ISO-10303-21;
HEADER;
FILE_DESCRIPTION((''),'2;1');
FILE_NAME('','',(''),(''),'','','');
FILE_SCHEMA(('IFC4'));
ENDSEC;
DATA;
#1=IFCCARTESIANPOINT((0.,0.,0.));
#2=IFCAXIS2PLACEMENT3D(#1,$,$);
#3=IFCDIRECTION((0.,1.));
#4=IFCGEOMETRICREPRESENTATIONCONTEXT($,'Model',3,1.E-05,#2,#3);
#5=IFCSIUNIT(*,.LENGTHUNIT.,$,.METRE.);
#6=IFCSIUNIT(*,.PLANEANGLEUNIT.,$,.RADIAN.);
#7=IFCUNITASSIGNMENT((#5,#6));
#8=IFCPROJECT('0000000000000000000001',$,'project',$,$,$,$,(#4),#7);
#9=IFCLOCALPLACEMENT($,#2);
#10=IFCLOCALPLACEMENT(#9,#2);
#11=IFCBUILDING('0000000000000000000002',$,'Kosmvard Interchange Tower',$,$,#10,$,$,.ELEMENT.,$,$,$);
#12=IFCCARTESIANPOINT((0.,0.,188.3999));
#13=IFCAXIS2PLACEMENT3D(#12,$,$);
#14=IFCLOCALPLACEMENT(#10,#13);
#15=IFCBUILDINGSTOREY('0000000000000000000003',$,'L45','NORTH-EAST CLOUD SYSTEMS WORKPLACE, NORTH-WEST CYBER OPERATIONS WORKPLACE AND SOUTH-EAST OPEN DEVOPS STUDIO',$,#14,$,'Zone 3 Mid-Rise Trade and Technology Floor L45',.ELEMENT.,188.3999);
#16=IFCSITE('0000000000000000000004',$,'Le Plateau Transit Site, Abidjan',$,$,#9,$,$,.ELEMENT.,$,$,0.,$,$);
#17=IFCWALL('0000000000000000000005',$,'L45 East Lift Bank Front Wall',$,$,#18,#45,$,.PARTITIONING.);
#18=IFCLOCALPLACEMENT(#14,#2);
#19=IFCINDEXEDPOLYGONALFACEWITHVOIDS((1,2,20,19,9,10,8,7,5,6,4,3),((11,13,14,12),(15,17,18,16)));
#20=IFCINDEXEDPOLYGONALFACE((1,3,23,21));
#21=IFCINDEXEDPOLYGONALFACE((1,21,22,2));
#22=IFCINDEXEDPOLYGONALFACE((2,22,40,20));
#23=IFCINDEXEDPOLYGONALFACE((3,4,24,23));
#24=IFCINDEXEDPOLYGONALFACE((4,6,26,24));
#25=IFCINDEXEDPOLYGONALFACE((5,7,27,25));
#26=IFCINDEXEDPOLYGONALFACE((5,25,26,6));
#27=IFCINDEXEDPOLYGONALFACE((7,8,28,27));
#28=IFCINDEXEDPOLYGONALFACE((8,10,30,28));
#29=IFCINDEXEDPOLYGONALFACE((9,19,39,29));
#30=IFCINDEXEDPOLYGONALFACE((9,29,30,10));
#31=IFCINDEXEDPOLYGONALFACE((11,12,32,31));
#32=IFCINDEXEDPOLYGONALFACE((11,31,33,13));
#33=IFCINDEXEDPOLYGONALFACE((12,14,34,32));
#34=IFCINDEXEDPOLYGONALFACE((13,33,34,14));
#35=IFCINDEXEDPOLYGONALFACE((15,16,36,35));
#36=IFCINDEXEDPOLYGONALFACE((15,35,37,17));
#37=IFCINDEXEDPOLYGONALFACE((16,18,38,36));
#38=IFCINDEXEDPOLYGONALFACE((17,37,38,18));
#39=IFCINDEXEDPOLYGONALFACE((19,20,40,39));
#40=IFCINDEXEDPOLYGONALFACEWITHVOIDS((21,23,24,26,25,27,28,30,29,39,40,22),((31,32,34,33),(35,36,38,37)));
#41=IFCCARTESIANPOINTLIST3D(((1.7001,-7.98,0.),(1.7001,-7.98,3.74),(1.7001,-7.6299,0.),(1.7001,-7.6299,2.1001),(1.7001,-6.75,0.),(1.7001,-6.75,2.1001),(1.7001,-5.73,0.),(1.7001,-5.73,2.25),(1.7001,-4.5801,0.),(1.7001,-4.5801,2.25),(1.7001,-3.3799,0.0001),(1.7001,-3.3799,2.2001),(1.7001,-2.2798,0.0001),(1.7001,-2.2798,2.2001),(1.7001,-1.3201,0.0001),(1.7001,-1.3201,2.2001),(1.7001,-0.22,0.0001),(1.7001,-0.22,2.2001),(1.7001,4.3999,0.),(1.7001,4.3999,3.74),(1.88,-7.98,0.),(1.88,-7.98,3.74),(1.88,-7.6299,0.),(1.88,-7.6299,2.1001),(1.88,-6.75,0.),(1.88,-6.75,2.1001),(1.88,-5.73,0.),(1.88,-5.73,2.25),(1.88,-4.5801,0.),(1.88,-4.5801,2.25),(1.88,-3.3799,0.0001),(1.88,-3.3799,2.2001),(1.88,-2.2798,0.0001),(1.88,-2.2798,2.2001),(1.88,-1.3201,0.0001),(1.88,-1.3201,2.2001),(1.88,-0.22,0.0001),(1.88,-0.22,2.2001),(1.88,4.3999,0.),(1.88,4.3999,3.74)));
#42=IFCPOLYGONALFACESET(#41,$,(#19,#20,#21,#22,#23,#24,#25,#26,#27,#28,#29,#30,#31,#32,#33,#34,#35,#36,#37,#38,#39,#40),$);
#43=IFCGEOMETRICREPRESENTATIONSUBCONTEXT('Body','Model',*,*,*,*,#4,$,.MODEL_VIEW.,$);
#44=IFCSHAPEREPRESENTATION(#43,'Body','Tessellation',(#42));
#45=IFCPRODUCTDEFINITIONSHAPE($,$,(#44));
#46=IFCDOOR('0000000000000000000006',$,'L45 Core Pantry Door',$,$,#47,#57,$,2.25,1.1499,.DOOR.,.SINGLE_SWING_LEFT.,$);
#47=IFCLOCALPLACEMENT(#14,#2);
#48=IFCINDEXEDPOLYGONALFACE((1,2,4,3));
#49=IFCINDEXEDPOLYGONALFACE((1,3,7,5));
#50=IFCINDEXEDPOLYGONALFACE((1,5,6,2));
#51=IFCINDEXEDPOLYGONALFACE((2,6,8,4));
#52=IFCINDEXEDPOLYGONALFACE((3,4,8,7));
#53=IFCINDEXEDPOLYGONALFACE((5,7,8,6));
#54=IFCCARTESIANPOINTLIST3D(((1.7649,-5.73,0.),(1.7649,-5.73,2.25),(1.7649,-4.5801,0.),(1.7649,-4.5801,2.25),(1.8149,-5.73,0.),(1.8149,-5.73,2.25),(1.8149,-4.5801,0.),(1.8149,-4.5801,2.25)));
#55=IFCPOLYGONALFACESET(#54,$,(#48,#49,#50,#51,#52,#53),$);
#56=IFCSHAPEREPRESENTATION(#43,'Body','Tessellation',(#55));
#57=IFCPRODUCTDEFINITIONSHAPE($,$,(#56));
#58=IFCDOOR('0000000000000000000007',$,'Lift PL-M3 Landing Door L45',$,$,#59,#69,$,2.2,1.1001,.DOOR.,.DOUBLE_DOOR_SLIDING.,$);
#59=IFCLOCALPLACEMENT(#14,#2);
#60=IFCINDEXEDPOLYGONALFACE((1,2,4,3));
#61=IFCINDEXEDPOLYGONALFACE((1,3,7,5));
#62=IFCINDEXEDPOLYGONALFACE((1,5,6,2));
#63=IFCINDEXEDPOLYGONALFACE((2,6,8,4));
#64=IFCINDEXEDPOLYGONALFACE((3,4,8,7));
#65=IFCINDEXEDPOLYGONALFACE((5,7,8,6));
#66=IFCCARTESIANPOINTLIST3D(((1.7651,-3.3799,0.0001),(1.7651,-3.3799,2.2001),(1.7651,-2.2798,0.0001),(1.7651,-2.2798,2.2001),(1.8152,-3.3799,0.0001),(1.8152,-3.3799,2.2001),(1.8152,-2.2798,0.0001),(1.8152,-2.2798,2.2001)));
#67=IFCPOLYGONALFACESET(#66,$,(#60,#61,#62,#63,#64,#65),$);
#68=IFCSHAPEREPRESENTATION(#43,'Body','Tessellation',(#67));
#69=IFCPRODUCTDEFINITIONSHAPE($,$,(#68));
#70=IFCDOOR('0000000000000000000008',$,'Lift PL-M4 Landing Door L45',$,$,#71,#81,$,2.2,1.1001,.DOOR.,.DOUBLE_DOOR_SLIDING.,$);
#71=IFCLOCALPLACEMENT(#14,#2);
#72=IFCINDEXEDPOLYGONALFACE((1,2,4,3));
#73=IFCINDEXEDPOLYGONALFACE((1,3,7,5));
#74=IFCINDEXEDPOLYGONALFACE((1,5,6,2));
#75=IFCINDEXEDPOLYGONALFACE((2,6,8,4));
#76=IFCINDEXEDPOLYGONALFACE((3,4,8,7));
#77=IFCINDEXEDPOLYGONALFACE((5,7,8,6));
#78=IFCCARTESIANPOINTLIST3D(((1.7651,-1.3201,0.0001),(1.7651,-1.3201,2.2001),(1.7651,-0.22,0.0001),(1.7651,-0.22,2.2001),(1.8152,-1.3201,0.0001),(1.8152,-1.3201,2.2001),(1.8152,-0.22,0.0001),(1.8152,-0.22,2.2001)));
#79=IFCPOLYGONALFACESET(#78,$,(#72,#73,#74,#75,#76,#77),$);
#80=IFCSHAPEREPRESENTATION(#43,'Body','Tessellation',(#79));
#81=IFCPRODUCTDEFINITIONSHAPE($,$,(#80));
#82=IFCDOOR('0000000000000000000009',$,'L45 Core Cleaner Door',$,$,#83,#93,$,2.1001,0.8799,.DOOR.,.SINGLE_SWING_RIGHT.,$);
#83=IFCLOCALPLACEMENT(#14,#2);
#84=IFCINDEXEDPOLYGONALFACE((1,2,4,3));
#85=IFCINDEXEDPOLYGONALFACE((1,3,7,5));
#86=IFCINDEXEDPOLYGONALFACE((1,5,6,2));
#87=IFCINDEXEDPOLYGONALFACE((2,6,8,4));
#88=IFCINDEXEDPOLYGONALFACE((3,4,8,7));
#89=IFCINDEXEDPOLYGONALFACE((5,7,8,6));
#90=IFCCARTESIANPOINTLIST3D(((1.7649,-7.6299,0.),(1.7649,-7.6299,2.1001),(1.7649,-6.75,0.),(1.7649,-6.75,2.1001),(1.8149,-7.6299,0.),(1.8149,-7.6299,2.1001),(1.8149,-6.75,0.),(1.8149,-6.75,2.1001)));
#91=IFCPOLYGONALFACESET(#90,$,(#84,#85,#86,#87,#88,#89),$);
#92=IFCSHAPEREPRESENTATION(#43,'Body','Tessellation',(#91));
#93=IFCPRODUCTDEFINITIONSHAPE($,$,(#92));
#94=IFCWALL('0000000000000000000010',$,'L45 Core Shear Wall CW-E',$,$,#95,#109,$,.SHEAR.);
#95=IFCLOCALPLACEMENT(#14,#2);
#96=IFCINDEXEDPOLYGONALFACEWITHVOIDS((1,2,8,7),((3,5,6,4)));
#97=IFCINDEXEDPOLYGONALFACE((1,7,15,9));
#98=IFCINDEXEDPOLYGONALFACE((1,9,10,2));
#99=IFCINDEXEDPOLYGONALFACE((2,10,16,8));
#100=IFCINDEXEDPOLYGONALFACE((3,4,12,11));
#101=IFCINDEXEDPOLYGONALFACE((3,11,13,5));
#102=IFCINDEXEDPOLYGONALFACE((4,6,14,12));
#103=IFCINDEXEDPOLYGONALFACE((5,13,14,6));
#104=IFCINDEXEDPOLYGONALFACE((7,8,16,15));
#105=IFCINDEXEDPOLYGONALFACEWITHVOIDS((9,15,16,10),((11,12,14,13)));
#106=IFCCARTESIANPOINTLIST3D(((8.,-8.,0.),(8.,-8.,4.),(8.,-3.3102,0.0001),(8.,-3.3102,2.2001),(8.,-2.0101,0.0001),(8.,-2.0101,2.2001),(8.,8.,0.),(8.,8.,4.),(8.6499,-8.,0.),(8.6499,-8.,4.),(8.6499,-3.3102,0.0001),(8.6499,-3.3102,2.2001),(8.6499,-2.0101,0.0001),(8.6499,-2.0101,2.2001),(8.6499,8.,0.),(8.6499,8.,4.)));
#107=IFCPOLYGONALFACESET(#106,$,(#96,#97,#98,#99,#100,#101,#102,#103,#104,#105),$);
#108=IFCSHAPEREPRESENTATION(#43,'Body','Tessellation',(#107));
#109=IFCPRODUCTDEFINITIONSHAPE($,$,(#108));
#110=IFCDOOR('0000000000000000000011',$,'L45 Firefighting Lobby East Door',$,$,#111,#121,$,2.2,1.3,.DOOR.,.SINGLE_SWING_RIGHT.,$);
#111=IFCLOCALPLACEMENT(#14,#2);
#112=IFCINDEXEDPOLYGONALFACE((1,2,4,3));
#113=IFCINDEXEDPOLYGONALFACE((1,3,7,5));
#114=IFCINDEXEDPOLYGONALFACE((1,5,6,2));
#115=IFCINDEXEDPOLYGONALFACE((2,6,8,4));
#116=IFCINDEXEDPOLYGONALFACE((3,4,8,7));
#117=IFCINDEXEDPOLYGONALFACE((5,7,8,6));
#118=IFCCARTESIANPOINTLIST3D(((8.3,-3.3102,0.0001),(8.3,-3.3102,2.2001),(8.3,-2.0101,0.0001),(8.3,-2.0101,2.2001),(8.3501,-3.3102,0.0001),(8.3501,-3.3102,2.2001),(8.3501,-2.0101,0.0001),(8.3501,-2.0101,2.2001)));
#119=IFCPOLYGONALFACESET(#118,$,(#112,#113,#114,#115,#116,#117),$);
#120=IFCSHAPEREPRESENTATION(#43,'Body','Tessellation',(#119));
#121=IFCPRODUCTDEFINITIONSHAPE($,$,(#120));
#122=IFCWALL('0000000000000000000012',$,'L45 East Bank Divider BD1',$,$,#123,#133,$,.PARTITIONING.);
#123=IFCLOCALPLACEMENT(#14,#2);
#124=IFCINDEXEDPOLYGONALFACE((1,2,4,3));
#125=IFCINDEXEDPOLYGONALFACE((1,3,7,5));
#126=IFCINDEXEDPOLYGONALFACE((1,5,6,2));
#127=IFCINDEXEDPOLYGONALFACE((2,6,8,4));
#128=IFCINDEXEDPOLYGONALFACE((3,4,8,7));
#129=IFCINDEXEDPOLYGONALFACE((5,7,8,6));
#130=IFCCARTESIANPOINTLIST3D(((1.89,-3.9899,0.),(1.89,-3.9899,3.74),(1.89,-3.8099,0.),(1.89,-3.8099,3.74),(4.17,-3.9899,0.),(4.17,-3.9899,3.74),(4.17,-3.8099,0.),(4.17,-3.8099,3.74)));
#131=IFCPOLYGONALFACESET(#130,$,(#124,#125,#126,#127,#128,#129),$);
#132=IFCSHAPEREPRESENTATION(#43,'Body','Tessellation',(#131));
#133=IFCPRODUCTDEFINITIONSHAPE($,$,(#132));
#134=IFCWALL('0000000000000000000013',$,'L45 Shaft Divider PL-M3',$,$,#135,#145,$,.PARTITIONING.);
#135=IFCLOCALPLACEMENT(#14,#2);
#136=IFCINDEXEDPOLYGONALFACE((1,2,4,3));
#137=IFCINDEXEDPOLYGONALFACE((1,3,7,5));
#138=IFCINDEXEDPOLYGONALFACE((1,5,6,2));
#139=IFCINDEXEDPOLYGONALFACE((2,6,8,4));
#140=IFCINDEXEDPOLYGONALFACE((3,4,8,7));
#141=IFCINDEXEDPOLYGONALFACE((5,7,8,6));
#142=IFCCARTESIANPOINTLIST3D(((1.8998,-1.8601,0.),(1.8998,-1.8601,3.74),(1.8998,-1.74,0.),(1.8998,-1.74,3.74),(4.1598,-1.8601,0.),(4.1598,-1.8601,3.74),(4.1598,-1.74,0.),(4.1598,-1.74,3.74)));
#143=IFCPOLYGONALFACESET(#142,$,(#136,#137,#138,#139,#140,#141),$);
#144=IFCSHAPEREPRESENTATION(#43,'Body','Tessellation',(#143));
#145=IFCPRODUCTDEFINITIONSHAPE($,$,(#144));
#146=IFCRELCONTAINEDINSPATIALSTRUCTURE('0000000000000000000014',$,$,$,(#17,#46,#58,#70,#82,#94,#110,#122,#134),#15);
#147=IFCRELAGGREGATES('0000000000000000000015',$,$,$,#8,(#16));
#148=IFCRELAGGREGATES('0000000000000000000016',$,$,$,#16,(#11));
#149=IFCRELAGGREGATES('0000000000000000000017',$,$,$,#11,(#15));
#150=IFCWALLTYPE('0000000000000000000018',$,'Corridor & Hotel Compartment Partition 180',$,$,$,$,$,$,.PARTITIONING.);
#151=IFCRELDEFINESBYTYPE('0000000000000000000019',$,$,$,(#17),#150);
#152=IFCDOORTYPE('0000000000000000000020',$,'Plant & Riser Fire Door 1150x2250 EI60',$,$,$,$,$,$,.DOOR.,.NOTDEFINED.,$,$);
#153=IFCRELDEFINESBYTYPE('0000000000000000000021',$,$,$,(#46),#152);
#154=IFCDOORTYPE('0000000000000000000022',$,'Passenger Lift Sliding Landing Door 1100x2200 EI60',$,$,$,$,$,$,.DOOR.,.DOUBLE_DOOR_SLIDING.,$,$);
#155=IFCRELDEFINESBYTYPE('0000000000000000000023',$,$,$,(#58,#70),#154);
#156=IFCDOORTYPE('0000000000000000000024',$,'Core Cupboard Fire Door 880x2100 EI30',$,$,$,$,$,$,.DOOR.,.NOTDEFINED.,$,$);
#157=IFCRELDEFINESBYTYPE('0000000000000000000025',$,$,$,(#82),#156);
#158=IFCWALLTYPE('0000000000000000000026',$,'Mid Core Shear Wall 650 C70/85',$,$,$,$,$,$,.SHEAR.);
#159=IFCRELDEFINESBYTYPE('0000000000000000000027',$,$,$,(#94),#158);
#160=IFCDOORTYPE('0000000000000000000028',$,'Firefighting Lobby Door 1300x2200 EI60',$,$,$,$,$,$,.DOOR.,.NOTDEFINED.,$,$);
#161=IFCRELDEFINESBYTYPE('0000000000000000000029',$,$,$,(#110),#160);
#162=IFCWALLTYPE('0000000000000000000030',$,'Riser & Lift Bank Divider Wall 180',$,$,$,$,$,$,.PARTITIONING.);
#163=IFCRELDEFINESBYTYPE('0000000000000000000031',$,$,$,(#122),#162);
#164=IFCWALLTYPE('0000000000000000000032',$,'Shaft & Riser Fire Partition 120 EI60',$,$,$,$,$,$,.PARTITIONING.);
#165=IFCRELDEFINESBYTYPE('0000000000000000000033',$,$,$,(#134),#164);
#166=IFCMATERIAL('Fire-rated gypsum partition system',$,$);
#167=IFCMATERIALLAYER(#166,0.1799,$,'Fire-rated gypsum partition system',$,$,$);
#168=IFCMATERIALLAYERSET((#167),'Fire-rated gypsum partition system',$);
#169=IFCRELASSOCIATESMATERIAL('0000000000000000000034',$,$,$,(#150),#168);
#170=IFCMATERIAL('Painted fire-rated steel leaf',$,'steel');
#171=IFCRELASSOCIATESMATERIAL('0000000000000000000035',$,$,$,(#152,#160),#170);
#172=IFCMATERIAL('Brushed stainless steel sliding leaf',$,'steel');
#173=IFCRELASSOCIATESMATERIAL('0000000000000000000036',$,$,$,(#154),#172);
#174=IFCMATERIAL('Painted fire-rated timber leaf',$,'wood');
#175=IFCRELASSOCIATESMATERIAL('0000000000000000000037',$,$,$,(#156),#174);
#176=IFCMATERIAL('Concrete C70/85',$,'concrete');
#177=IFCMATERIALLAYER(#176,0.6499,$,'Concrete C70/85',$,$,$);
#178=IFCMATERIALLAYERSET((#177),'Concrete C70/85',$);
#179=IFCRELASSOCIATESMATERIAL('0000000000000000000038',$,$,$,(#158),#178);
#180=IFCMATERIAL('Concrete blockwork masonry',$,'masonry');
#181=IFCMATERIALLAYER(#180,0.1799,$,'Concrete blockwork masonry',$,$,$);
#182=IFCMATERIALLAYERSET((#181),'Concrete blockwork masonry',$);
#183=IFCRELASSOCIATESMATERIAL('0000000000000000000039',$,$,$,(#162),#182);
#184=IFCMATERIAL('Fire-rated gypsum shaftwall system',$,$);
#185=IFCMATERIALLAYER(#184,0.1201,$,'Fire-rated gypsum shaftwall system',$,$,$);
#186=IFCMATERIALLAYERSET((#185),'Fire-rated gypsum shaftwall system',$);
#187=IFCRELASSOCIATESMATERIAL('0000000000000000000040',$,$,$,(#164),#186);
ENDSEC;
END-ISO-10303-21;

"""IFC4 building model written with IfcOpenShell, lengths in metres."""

from ifc_helpers import new_model, si_unit, direction, frame, frame_2d, origin, place, context, subcontext, project, spatial, rectangle, extrude, source, transform, mapped, material, layer, layer_set, type_object, element, fill, save


model = new_model("IFC4")

# Units and contexts
model_context = context("Model", 3, precision=1e-05, world=origin(), true_north=direction((0.0, 1.0)))
body_context = subcontext(model_context, "Body", "Model", "MODEL_VIEW")
ifc_project = project(units=[si_unit("LENGTHUNIT", "METRE"), si_unit("PLANEANGLEUNIT", "RADIAN")], contexts=[model_context])

# Site, building, storey
site_placement = place(None, origin())
site = spatial("IfcSite", under=ifc_project, at=site_placement, Name="Le Plateau Transit Site, Abidjan", CompositionType="ELEMENT", RefElevation=0.0)
building_placement = place(site_placement, origin())
building = spatial("IfcBuilding", under=site, at=building_placement, Name="Kosmvard Interchange Tower", CompositionType="ELEMENT")
storey_placement = place(building_placement, frame((0.0, 0.0, 188.3999)))
storey = spatial("IfcBuildingStorey", under=building, at=storey_placement, Name="L45", Description="NORTH-EAST CLOUD SYSTEMS WORKPLACE, NORTH-WEST CYBER OPERATIONS WORKPLACE AND SOUTH-EAST OPEN DEVOPS STUDIO", LongName="Zone 3 Mid-Rise Trade and Technology Floor L45", CompositionType="ELEMENT", Elevation=188.3999)

# Shared definitions
ifc_material_1 = material(Name="Fire-rated gypsum partition system")

# Wall, openings, doors
ifc_layer_1 = layer(ifc_material_1, 0.1799, Name="Fire-rated gypsum partition system")
ifc_layer_set_1 = layer_set([ifc_layer_1], Name="Fire-rated gypsum partition system")
wall_type_1 = type_object("IfcWallType", Name="Corridor & Hotel Compartment Partition 180", PredefinedType="PARTITIONING", material=ifc_layer_set_1)
wall_1_placement = place(storey_placement, frame((1.79, -7.98, 0.0), z_axis=(0.0, 0.0, 1.0), x_axis=(0.0, 1.0, 0.0)))
wall_1 = element("IfcWall", 1, at=wall_1_placement, inside=storey, type_object=wall_type_1, Name="L45 East Lift Bank Front Wall", PredefinedType="PARTITIONING", context=body_context, shape_type="SweptSolid", body=[
    extrude(rectangle(XDim=12.3799, YDim=0.1799, at=frame_2d((6.1899, 0.0))), origin(), (0.0, 0.0, 1.0), 3.74),
])
opening_1_placement = place(wall_1_placement, frame((4.6001, 0.0, 0.0)))
opening_1 = element("IfcOpeningElement", 2, at=opening_1_placement, cuts=wall_1, PredefinedType="OPENING", context=body_context, shape_type="SweptSolid", body=[
    extrude(rectangle(XDim=1.1001, YDim=2.2, at=frame_2d((0.55, 1.1001))), frame((0.0, 0.1001, 0.0), z_axis=(0.0, -1.0, 0.0), x_axis=(1.0, 0.0, 0.0)), (0.0, 0.0, 1.0), 0.2),
])
opening_2_placement = place(wall_1_placement, frame((6.6599, 0.0, 0.0)))
opening_2 = element("IfcOpeningElement", 3, at=opening_2_placement, cuts=wall_1, PredefinedType="OPENING", context=body_context, shape_type="SweptSolid", body=[
    extrude(rectangle(XDim=1.1001, YDim=2.2, at=frame_2d((0.55, 1.1001))), frame((0.0, 0.1001, 0.0), z_axis=(0.0, -1.0, 0.0), x_axis=(1.0, 0.0, 0.0)), (0.0, 0.0, 1.0), 0.2),
])
opening_3_placement = place(wall_1_placement, frame((0.3501, 0.0, 0.0)))
opening_3 = element("IfcOpeningElement", 4, at=opening_3_placement, cuts=wall_1, PredefinedType="OPENING", context=body_context, shape_type="SweptSolid", body=[
    extrude(rectangle(XDim=0.8799, YDim=2.1001, at=frame_2d((0.4399, 1.05))), frame((0.0, 0.1001, 0.0), z_axis=(0.0, -1.0, 0.0), x_axis=(1.0, 0.0, 0.0)), (0.0, 0.0, 1.0), 0.2),
])
opening_4_placement = place(wall_1_placement, frame((2.25, 0.0, 0.0)))
opening_4 = element("IfcOpeningElement", 5, at=opening_4_placement, cuts=wall_1, PredefinedType="OPENING", context=body_context, shape_type="SweptSolid", body=[
    extrude(rectangle(XDim=1.1499, YDim=2.25, at=frame_2d((0.575, 1.125))), frame((0.0, 0.1001, 0.0), z_axis=(0.0, -1.0, 0.0), x_axis=(1.0, 0.0, 0.0)), (0.0, 0.0, 1.0), 0.2),
])
ifc_material_2 = material(Name="Painted fire-rated steel leaf", Category="steel")
door_type_1 = type_object("IfcDoorType", Name="Plant & Riser Fire Door 1150x2250 EI60", OperationType="NOTDEFINED", PredefinedType="DOOR", material=ifc_material_2)
shared_shape_1 = source(origin(), body_context, "Body", "SweptSolid", [
    extrude(rectangle(XDim=1.1499, YDim=2.25, at=frame_2d((0.575, 1.125))), frame((0.0, 0.0249, 0.0), z_axis=(0.0, -1.0, 0.0), x_axis=(1.0, 0.0, 0.0)), (0.0, 0.0, 1.0), 0.05),
])
door_1_placement = place(opening_4_placement, frame((1.1499, 0.0, 0.0), z_axis=(0.0, 0.0, 1.0), x_axis=(-1.0, 0.0, 0.0)))
door_1 = element("IfcDoor", 6, at=door_1_placement, inside=storey, type_object=door_type_1, Name="L45 Core Pantry Door", OperationType="SINGLE_SWING_LEFT", OverallHeight=2.25, OverallWidth=1.1499, PredefinedType="DOOR", context=body_context, shape_type="MappedRepresentation", body=[
    mapped(shared_shape_1, transform((0.0, 0.0, 0.0), scale=1.0)),
])
fill(opening_4, door_1)
ifc_material_3 = material(Name="Brushed stainless steel sliding leaf", Category="steel")
door_type_2 = type_object("IfcDoorType", Name="Passenger Lift Sliding Landing Door 1100x2200 EI60", OperationType="DOUBLE_DOOR_SLIDING", PredefinedType="DOOR", material=ifc_material_3)
shared_shape_2 = source(origin(), body_context, "Body", "SweptSolid", [
    extrude(rectangle(XDim=1.1001, YDim=2.2, at=frame_2d((0.55, 1.1001))), frame((0.0, 0.0249, 0.0), z_axis=(0.0, -1.0, 0.0), x_axis=(1.0, 0.0, 0.0)), (0.0, 0.0, 1.0), 0.05),
])
door_2_placement = place(opening_1_placement, origin())
door_2 = element("IfcDoor", 7, at=door_2_placement, inside=storey, type_object=door_type_2, Name="Lift PL-M3 Landing Door L45", OperationType="DOUBLE_DOOR_SLIDING", OverallHeight=2.2, OverallWidth=1.1001, PredefinedType="DOOR", context=body_context, shape_type="MappedRepresentation", body=[
    mapped(shared_shape_2, transform((0.0, 0.0, 0.0), scale=1.0)),
])
fill(opening_1, door_2)
door_3_placement = place(opening_2_placement, origin())
door_3 = element("IfcDoor", 8, at=door_3_placement, inside=storey, type_object=door_type_2, Name="Lift PL-M4 Landing Door L45", OperationType="DOUBLE_DOOR_SLIDING", OverallHeight=2.2, OverallWidth=1.1001, PredefinedType="DOOR", context=body_context, shape_type="MappedRepresentation", body=[
    mapped(shared_shape_2, transform((0.0, 0.0, 0.0), scale=1.0)),
])
fill(opening_2, door_3)
ifc_material_4 = material(Name="Painted fire-rated timber leaf", Category="wood")
door_type_3 = type_object("IfcDoorType", Name="Core Cupboard Fire Door 880x2100 EI30", OperationType="NOTDEFINED", PredefinedType="DOOR", material=ifc_material_4)
shared_shape_3 = source(origin(), body_context, "Body", "SweptSolid", [
    extrude(rectangle(XDim=0.8799, YDim=2.1001, at=frame_2d((0.4399, 1.05))), frame((0.0, 0.0249, 0.0), z_axis=(0.0, -1.0, 0.0), x_axis=(1.0, 0.0, 0.0)), (0.0, 0.0, 1.0), 0.05),
])
door_4_placement = place(opening_3_placement, frame((0.8799, 0.0, 0.0), z_axis=(0.0, 0.0, 1.0), x_axis=(-1.0, 0.0, 0.0)))
door_4 = element("IfcDoor", 9, at=door_4_placement, inside=storey, type_object=door_type_3, Name="L45 Core Cleaner Door", OperationType="SINGLE_SWING_RIGHT", OverallHeight=2.1001, OverallWidth=0.8799, PredefinedType="DOOR", context=body_context, shape_type="MappedRepresentation", body=[
    mapped(shared_shape_3, transform((0.0, 0.0, 0.0), scale=1.0)),
])
fill(opening_3, door_4)

# Wall, opening, door
ifc_material_5 = material(Name="Concrete C70/85", Category="concrete")
ifc_layer_2 = layer(ifc_material_5, 0.6499, Name="Concrete C70/85")
ifc_layer_set_2 = layer_set([ifc_layer_2], Name="Concrete C70/85")
wall_type_2 = type_object("IfcWallType", Name="Mid Core Shear Wall 650 C70/85", PredefinedType="SHEAR", material=ifc_layer_set_2)
wall_2_placement = place(storey_placement, frame((8.325, -8.0, 0.0), z_axis=(0.0, 0.0, 1.0), x_axis=(0.0, 1.0, 0.0)))
wall_2 = element("IfcWall", 10, at=wall_2_placement, inside=storey, type_object=wall_type_2, Name="L45 Core Shear Wall CW-E", PredefinedType="SHEAR", context=body_context, shape_type="SweptSolid", body=[
    extrude(rectangle(XDim=16.0, YDim=0.6499, at=frame_2d((8.0, 0.0))), origin(), (0.0, 0.0, 1.0), 4.0),
])
opening_5_placement = place(wall_2_placement, frame((4.6899, 0.0, 0.0)))
opening_5 = element("IfcOpeningElement", 11, at=opening_5_placement, cuts=wall_2, PredefinedType="OPENING", context=body_context, shape_type="SweptSolid", body=[
    extrude(rectangle(XDim=1.3, YDim=2.2, at=frame_2d((0.6499, 1.1001))), frame((0.0, 0.335, 0.0), z_axis=(0.0, -1.0, 0.0), x_axis=(1.0, 0.0, 0.0)), (0.0, 0.0, 1.0), 0.6699),
])
door_type_4 = type_object("IfcDoorType", Name="Firefighting Lobby Door 1300x2200 EI60", OperationType="NOTDEFINED", PredefinedType="DOOR", material=ifc_material_2)
shared_shape_4 = source(origin(), body_context, "Body", "SweptSolid", [
    extrude(rectangle(XDim=1.3, YDim=2.2, at=frame_2d((0.6499, 1.1001))), frame((0.0, 0.0249, 0.0), z_axis=(0.0, -1.0, 0.0), x_axis=(1.0, 0.0, 0.0)), (0.0, 0.0, 1.0), 0.05),
])
door_5_placement = place(opening_5_placement, origin())
door_5 = element("IfcDoor", 12, at=door_5_placement, inside=storey, type_object=door_type_4, Name="L45 Firefighting Lobby East Door", OperationType="SINGLE_SWING_RIGHT", OverallHeight=2.2, OverallWidth=1.3, PredefinedType="DOOR", context=body_context, shape_type="MappedRepresentation", body=[
    mapped(shared_shape_4, transform((0.0, 0.0, 0.0), scale=1.0)),
])
fill(opening_5, door_5)

# Walls
ifc_material_6 = material(Name="Concrete blockwork masonry", Category="masonry")
ifc_layer_3 = layer(ifc_material_6, 0.1799, Name="Concrete blockwork masonry")
ifc_layer_set_3 = layer_set([ifc_layer_3], Name="Concrete blockwork masonry")
wall_type_3 = type_object("IfcWallType", Name="Riser & Lift Bank Divider Wall 180", PredefinedType="PARTITIONING", material=ifc_layer_set_3)
wall_3_placement = place(storey_placement, frame((1.8899, -3.8999, 0.0), z_axis=(0.0, 0.0, 1.0), x_axis=(1.0, 0.0, 0.0)))
element("IfcWall", 13, at=wall_3_placement, inside=storey, type_object=wall_type_3, Name="L45 East Bank Divider BD1", PredefinedType="PARTITIONING", context=body_context, shape_type="SweptSolid", body=[
    extrude(rectangle(XDim=2.28, YDim=0.1799, at=frame_2d((1.1401, 0.0))), origin(), (0.0, 0.0, 1.0), 3.74),
])
ifc_material_7 = material(Name="Fire-rated gypsum shaftwall system")
ifc_layer_4 = layer(ifc_material_7, 0.1201, Name="Fire-rated gypsum shaftwall system")
ifc_layer_set_4 = layer_set([ifc_layer_4], Name="Fire-rated gypsum shaftwall system")
wall_type_4 = type_object("IfcWallType", Name="Shaft & Riser Fire Partition 120 EI60", PredefinedType="PARTITIONING", material=ifc_layer_set_4)
wall_4_placement = place(storey_placement, frame((1.8999, -1.8, 0.0), z_axis=(0.0, 0.0, 1.0), x_axis=(1.0, 0.0, 0.0)))
element("IfcWall", 14, at=wall_4_placement, inside=storey, type_object=wall_type_4, Name="L45 Shaft Divider PL-M3", PredefinedType="PARTITIONING", context=body_context, shape_type="SweptSolid", body=[
    extrude(rectangle(XDim=2.26, YDim=0.1201, at=frame_2d((1.1299, 0.0))), origin(), (0.0, 0.0, 1.0), 3.74),
])

save(model, "model.ifc")
